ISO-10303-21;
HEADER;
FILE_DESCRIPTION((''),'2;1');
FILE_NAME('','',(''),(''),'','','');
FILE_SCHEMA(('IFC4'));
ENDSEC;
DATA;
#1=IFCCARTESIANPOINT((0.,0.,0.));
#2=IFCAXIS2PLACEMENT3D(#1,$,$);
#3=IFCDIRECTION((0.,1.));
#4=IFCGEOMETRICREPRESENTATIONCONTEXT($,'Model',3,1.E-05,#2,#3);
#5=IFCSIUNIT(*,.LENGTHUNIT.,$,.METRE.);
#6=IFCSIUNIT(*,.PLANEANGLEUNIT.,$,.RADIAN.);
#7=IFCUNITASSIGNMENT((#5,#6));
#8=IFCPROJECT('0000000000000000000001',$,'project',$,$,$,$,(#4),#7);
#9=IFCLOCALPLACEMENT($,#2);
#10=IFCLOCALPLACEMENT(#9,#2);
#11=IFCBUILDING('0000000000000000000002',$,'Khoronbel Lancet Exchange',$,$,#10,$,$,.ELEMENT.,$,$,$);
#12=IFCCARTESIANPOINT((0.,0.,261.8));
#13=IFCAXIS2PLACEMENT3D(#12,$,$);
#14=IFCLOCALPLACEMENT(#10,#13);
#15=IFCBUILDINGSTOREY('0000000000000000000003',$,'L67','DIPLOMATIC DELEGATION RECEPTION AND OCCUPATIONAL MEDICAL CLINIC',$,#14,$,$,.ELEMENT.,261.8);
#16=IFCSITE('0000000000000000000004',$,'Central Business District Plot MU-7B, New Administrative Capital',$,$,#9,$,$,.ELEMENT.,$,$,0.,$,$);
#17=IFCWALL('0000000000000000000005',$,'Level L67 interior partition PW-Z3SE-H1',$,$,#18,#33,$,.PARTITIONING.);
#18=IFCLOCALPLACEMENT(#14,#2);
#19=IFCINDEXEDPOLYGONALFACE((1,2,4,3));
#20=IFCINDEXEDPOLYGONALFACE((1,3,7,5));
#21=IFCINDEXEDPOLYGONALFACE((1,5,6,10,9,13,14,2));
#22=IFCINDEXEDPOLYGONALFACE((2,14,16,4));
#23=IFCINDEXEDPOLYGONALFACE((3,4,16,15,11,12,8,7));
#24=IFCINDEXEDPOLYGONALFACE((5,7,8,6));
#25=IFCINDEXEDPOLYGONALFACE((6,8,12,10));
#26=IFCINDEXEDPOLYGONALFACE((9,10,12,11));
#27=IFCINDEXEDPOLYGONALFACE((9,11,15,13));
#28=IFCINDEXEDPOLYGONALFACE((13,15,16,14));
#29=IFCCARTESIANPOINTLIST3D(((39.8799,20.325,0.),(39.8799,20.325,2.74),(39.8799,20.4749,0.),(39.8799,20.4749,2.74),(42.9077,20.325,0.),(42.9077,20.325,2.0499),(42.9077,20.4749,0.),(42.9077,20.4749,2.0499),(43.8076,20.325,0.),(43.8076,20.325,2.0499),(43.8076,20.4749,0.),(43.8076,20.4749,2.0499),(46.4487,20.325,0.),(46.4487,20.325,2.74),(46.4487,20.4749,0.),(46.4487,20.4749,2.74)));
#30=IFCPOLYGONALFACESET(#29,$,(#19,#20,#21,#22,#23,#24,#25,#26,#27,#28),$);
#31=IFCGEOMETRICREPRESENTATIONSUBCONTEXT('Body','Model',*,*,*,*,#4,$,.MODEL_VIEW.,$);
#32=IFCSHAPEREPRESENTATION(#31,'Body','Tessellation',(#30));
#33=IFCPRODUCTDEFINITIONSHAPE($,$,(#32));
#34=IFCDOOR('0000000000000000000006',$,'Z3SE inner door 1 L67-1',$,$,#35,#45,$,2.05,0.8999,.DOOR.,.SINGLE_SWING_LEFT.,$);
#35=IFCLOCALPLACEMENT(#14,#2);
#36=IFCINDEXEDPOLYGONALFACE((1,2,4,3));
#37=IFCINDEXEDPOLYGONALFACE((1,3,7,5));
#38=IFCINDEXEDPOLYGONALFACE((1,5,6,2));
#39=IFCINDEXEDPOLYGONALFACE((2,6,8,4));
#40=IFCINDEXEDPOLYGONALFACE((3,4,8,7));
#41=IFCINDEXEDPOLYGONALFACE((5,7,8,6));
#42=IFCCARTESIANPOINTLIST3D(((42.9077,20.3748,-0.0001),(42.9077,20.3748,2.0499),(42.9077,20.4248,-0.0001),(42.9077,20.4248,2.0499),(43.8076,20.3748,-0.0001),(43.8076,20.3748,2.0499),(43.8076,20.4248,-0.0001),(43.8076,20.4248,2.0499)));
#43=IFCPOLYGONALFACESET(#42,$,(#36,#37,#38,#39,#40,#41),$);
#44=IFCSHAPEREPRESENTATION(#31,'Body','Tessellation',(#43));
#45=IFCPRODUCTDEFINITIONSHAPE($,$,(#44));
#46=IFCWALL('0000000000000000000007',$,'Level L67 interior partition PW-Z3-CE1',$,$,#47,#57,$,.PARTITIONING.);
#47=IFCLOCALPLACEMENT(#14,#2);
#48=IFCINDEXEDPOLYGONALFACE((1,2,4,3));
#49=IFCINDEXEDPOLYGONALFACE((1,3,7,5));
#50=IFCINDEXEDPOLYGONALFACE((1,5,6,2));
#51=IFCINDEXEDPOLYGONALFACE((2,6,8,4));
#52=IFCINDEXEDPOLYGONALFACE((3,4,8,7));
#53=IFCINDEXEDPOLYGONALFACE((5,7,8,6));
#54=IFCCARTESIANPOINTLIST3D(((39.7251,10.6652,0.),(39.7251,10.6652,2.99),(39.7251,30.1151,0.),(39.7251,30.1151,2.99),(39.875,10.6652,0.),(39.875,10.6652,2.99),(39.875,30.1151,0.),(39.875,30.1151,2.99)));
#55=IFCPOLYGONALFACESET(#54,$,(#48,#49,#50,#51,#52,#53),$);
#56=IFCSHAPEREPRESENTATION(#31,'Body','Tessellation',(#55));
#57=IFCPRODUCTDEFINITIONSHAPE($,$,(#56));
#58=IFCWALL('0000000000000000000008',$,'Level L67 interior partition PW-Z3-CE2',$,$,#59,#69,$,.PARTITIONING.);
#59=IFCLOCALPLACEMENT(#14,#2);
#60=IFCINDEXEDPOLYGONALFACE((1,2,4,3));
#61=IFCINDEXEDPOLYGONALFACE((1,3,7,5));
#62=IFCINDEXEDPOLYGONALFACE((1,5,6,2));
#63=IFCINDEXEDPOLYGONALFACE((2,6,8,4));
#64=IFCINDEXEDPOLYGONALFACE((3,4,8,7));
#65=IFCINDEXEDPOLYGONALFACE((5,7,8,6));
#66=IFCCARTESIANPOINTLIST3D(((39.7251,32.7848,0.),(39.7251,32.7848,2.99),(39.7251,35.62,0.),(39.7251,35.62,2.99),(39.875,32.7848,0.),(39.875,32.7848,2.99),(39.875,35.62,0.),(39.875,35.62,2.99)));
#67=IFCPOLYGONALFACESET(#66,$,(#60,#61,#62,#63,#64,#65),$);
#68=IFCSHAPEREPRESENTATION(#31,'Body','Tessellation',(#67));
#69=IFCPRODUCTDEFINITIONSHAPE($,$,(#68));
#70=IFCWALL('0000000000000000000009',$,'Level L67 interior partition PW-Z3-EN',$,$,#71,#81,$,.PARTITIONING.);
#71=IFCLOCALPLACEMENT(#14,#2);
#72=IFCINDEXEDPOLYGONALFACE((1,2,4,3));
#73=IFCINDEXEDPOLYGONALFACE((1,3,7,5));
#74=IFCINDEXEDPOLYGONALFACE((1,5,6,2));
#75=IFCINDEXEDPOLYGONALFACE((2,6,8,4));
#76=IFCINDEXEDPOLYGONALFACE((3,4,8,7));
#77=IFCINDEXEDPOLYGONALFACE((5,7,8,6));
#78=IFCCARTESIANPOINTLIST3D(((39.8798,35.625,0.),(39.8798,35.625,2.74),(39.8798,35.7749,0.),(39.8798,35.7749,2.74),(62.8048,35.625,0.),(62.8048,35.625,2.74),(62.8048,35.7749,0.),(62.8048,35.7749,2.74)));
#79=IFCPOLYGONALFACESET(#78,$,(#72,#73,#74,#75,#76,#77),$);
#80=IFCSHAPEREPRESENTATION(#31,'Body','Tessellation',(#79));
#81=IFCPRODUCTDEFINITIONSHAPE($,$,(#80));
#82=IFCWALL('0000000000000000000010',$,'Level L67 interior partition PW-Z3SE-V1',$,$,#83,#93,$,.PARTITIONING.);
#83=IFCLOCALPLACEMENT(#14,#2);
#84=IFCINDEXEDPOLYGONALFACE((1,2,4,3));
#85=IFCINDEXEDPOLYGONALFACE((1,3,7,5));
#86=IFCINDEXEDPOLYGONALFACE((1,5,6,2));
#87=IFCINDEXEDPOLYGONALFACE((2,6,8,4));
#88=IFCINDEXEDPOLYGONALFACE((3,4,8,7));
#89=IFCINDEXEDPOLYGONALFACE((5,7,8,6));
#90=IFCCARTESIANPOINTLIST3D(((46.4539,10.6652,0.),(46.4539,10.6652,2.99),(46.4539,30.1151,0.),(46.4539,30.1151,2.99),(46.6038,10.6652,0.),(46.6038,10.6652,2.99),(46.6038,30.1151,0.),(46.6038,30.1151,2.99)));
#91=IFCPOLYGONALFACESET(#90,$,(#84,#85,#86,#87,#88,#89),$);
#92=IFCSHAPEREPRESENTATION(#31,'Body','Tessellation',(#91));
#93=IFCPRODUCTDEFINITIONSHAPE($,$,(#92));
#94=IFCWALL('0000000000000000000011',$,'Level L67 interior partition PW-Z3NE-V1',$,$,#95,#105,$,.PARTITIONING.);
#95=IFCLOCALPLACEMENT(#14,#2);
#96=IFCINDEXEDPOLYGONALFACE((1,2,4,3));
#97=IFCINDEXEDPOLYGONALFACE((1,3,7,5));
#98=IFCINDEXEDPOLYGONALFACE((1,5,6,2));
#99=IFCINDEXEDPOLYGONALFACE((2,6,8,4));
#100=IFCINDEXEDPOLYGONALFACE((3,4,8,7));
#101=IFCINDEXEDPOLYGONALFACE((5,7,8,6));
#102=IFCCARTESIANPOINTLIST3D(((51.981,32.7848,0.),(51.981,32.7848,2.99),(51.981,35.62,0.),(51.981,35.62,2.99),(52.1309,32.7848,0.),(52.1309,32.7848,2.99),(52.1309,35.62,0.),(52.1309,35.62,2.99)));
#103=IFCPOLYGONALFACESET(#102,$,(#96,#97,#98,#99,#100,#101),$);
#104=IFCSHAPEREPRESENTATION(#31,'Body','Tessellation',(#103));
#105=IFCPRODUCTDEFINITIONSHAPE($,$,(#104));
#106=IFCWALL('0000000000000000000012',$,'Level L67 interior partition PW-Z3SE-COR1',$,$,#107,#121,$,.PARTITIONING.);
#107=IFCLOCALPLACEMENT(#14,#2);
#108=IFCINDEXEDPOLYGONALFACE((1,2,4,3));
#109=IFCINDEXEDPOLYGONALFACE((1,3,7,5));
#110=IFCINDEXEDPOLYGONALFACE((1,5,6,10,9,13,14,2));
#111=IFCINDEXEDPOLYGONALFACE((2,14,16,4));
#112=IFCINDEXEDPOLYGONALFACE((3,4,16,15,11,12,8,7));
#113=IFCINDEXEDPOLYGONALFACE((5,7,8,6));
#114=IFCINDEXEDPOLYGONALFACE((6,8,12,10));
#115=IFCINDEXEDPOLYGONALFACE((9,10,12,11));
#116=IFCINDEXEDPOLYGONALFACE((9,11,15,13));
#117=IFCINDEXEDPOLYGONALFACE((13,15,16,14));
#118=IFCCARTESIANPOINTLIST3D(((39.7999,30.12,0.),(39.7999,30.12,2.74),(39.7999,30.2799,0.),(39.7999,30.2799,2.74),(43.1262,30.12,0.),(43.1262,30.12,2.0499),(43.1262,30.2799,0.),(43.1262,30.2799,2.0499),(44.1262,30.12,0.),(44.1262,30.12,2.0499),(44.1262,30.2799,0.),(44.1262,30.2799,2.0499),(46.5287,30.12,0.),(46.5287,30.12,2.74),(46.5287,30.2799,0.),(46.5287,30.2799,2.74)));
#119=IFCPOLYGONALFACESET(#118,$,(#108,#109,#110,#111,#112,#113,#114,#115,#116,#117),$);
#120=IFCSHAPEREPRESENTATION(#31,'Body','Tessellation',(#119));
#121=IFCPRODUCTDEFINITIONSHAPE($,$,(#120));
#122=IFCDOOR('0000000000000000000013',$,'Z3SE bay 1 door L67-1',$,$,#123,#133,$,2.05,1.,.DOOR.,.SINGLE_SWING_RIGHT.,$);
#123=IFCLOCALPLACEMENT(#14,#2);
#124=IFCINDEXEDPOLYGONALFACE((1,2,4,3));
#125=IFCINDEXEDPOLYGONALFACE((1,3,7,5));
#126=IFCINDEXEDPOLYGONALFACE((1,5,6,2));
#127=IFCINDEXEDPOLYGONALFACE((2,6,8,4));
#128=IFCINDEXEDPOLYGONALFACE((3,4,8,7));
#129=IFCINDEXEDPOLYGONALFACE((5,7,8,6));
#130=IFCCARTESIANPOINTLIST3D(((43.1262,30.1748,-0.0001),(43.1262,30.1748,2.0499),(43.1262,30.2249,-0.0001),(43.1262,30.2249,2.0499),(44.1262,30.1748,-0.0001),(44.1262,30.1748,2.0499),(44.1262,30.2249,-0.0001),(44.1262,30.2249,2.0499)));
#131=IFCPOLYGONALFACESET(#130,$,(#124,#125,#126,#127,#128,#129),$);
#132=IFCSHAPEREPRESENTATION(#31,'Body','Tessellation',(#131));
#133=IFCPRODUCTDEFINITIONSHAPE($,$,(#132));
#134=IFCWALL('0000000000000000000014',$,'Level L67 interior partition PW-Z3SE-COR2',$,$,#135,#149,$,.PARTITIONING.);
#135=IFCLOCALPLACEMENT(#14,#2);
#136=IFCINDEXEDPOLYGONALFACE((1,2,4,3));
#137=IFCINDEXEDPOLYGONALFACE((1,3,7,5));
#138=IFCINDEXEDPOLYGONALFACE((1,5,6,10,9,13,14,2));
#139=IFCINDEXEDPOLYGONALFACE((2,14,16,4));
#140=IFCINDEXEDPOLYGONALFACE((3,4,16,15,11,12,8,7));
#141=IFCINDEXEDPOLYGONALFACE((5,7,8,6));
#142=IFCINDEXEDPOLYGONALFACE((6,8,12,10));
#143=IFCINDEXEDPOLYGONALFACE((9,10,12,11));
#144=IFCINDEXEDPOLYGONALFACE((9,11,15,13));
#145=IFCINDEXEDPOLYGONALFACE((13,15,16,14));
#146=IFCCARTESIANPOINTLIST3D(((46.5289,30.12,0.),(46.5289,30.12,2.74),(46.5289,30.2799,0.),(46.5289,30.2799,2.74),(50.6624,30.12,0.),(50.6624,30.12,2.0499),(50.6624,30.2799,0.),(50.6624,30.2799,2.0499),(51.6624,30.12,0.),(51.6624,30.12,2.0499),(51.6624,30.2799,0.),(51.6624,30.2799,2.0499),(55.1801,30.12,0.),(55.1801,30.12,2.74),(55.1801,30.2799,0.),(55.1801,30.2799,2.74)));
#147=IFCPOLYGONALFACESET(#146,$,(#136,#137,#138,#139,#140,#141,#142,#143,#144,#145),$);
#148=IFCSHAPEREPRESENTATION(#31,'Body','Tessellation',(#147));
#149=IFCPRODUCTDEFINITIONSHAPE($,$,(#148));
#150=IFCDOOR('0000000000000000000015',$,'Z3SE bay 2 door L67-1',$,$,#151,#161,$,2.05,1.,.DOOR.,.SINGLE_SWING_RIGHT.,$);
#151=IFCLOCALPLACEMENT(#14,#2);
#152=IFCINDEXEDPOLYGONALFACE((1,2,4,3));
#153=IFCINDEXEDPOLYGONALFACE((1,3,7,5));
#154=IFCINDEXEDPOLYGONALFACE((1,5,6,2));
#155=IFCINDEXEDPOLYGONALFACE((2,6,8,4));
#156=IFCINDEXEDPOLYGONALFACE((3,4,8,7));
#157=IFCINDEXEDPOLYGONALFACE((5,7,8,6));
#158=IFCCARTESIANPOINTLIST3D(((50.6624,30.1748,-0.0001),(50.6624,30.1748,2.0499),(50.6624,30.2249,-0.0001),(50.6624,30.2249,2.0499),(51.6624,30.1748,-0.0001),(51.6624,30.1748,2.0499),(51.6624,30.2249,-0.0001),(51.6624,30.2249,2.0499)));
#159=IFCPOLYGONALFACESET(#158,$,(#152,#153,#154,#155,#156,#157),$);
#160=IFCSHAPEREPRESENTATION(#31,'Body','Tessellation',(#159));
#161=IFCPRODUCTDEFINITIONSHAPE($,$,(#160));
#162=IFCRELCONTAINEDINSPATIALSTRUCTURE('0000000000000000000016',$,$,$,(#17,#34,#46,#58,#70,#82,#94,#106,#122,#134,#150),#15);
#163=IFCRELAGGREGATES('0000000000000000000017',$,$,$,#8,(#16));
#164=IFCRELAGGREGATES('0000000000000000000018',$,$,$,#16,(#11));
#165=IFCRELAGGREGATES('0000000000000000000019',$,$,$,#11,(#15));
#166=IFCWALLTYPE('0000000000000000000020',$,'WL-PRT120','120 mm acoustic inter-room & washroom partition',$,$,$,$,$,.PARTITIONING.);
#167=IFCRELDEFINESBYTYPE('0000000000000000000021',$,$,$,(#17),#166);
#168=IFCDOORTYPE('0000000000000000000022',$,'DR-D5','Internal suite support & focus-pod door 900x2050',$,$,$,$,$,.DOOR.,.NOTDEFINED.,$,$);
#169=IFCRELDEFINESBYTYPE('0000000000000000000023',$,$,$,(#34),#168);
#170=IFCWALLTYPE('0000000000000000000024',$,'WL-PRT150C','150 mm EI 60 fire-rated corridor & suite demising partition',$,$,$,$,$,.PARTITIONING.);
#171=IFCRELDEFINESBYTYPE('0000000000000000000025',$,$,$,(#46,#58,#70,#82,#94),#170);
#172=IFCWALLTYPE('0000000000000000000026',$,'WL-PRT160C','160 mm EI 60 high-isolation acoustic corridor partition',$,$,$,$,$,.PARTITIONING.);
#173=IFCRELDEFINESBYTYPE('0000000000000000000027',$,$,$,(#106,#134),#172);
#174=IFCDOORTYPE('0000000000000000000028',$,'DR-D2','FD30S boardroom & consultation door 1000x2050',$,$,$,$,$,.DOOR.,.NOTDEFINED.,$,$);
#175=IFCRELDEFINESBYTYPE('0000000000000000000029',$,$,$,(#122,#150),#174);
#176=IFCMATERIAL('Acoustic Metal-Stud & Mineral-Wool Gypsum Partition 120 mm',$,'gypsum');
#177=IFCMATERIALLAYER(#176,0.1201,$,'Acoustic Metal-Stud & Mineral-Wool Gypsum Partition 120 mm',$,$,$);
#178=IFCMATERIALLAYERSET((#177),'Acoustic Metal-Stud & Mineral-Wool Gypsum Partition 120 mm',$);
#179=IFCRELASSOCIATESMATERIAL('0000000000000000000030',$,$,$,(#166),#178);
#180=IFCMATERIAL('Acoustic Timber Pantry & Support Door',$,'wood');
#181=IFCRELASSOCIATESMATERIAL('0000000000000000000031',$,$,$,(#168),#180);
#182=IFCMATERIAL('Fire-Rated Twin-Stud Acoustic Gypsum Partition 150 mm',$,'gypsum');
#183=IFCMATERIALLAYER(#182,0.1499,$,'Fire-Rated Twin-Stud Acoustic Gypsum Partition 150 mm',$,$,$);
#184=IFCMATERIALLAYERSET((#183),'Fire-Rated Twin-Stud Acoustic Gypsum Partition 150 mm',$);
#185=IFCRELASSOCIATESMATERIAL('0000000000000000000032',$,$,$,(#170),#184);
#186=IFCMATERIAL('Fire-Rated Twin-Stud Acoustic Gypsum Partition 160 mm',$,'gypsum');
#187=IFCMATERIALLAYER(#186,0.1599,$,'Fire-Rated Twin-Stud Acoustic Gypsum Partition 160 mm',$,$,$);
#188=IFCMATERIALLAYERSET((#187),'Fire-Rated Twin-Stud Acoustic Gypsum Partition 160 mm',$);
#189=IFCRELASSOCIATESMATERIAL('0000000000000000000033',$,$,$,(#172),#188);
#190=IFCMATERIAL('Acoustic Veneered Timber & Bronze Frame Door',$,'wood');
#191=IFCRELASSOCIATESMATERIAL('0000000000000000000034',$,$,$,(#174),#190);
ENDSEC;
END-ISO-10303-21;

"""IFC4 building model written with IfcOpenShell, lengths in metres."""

from ifc_helpers import new_model, si_unit, direction, frame, frame_2d, origin, place, context, subcontext, project, spatial, rectangle, extrude, material, layer, layer_set, type_object, element, fill, save


model = new_model("IFC4")

# Units and contexts
model_context = context("Model", 3, precision=1e-05, world=origin(), true_north=direction((0.0, 1.0)))
body_context = subcontext(model_context, "Body", "Model", "MODEL_VIEW")
ifc_project = project(units=[si_unit("LENGTHUNIT", "METRE"), si_unit("PLANEANGLEUNIT", "RADIAN")], contexts=[model_context])

# Site, building, storey
site_placement = place(None, origin())
site = spatial("IfcSite", under=ifc_project, at=site_placement, Name="Central Business District Plot MU-7B, New Administrative Capital", CompositionType="ELEMENT", RefElevation=0.0)
building_placement = place(site_placement, origin())
building = spatial("IfcBuilding", under=site, at=building_placement, Name="Khoronbel Lancet Exchange", CompositionType="ELEMENT")
storey_placement = place(building_placement, frame((0.0, 0.0, 261.8)))
storey = spatial("IfcBuildingStorey", under=building, at=storey_placement, Name="L67", Description="DIPLOMATIC DELEGATION RECEPTION AND OCCUPATIONAL MEDICAL CLINIC", CompositionType="ELEMENT", Elevation=261.8)

# Wall, opening, door
ifc_material_1 = material(Name="Acoustic Metal-Stud & Mineral-Wool Gypsum Partition 120 mm", Category="gypsum")
ifc_layer_1 = layer(ifc_material_1, 0.1201, Name="Acoustic Metal-Stud & Mineral-Wool Gypsum Partition 120 mm")
ifc_layer_set_1 = layer_set([ifc_layer_1], Name="Acoustic Metal-Stud & Mineral-Wool Gypsum Partition 120 mm")
wall_type_1 = type_object("IfcWallType", Name="WL-PRT120", Description="120 mm acoustic inter-room & washroom partition", PredefinedType="PARTITIONING", material=ifc_layer_set_1)
wall_1_placement = place(storey_placement, frame((39.8799, 20.3999, 0.0), z_axis=(0.0, 0.0, 1.0), x_axis=(1.0, 0.0, 0.0)))
wall_1 = element("IfcWall", 1, at=wall_1_placement, inside=storey, type_object=wall_type_1, Name="Level L67 interior partition PW-Z3SE-H1", PredefinedType="PARTITIONING", context=body_context, shape_type="SweptSolid", body=[
    extrude(rectangle(XDim=6.5688, YDim=0.1499, at=frame_2d((3.2844, 0.0))), origin(), (0.0, 0.0, 1.0), 2.74),
])
opening_1_placement = place(wall_1_placement, frame((3.0278, 0.0, 0.0)))
opening_1 = element("IfcOpeningElement", 2, at=opening_1_placement, cuts=wall_1, PredefinedType="OPENING", context=body_context, shape_type="SweptSolid", body=[
    extrude(rectangle(XDim=0.8999, YDim=2.05, at=frame_2d((0.45, 1.0249))), frame((0.0, 0.085, 0.0), z_axis=(0.0, -1.0, 0.0), x_axis=(1.0, 0.0, 0.0)), (0.0, 0.0, 1.0), 0.1699),
])
ifc_material_2 = material(Name="Acoustic Timber Pantry & Support Door", Category="wood")
door_type_1 = type_object("IfcDoorType", Name="DR-D5", Description="Internal suite support & focus-pod door 900x2050", OperationType="NOTDEFINED", PredefinedType="DOOR", material=ifc_material_2)
door_1_placement = place(opening_1_placement, origin())
door_1 = element("IfcDoor", 3, at=door_1_placement, inside=storey, type_object=door_type_1, Name="Z3SE inner door 1 L67-1", OperationType="SINGLE_SWING_LEFT", OverallHeight=2.05, OverallWidth=0.8999, PredefinedType="DOOR", context=body_context, shape_type="SweptSolid", body=[
    extrude(rectangle(XDim=0.8999, YDim=2.05, at=frame_2d((0.45, 1.0249))), frame((0.0, 0.0249, 0.0), z_axis=(0.0, -1.0, 0.0), x_axis=(1.0, 0.0, 0.0)), (0.0, 0.0, 1.0), 0.05),
])
fill(opening_1, door_1)

# Walls
ifc_material_3 = material(Name="Fire-Rated Twin-Stud Acoustic Gypsum Partition 150 mm", Category="gypsum")
ifc_layer_2 = layer(ifc_material_3, 0.1499, Name="Fire-Rated Twin-Stud Acoustic Gypsum Partition 150 mm")
ifc_layer_set_2 = layer_set([ifc_layer_2], Name="Fire-Rated Twin-Stud Acoustic Gypsum Partition 150 mm")
wall_type_2 = type_object("IfcWallType", Name="WL-PRT150C", Description="150 mm EI 60 fire-rated corridor & suite demising partition", PredefinedType="PARTITIONING", material=ifc_layer_set_2)
wall_2_placement = place(storey_placement, frame((39.8, 10.665, 0.0), z_axis=(0.0, 0.0, 1.0), x_axis=(0.0, 1.0, 0.0)))
element("IfcWall", 4, at=wall_2_placement, inside=storey, type_object=wall_type_2, Name="Level L67 interior partition PW-Z3-CE1", PredefinedType="PARTITIONING", context=body_context, shape_type="SweptSolid", body=[
    extrude(rectangle(XDim=19.45, YDim=0.1499, at=frame_2d((9.7251, 0.0))), origin(), (0.0, 0.0, 1.0), 2.99),
])
wall_3_placement = place(storey_placement, frame((39.8, 32.7849, 0.0), z_axis=(0.0, 0.0, 1.0), x_axis=(0.0, 1.0, 0.0)))
element("IfcWall", 5, at=wall_3_placement, inside=storey, type_object=wall_type_2, Name="Level L67 interior partition PW-Z3-CE2", PredefinedType="PARTITIONING", context=body_context, shape_type="SweptSolid", body=[
    extrude(rectangle(XDim=2.8352, YDim=0.1499, at=frame_2d((1.4175, 0.0))), origin(), (0.0, 0.0, 1.0), 2.99),
])
wall_4_placement = place(storey_placement, frame((39.8799, 35.7, 0.0), z_axis=(0.0, 0.0, 1.0), x_axis=(1.0, 0.0, 0.0)))
element("IfcWall", 6, at=wall_4_placement, inside=storey, type_object=wall_type_2, Name="Level L67 interior partition PW-Z3-EN", PredefinedType="PARTITIONING", context=body_context, shape_type="SweptSolid", body=[
    extrude(rectangle(XDim=22.925, YDim=0.1499, at=frame_2d((11.4624, 0.0))), origin(), (0.0, 0.0, 1.0), 2.74),
])
wall_5_placement = place(storey_placement, frame((46.5288, 10.665, 0.0), z_axis=(0.0, 0.0, 1.0), x_axis=(0.0, 1.0, 0.0)))
element("IfcWall", 7, at=wall_5_placement, inside=storey, type_object=wall_type_2, Name="Level L67 interior partition PW-Z3SE-V1", PredefinedType="PARTITIONING", context=body_context, shape_type="SweptSolid", body=[
    extrude(rectangle(XDim=19.45, YDim=0.1499, at=frame_2d((9.7251, 0.0))), origin(), (0.0, 0.0, 1.0), 2.99),
])
wall_6_placement = place(storey_placement, frame((52.0559, 32.7849, 0.0), z_axis=(0.0, 0.0, 1.0), x_axis=(0.0, 1.0, 0.0)))
element("IfcWall", 8, at=wall_6_placement, inside=storey, type_object=wall_type_2, Name="Level L67 interior partition PW-Z3NE-V1", PredefinedType="PARTITIONING", context=body_context, shape_type="SweptSolid", body=[
    extrude(rectangle(XDim=2.8352, YDim=0.1499, at=frame_2d((1.4175, 0.0))), origin(), (0.0, 0.0, 1.0), 2.99),
])

# Walls, openings, doors
ifc_material_4 = material(Name="Fire-Rated Twin-Stud Acoustic Gypsum Partition 160 mm", Category="gypsum")
ifc_layer_3 = layer(ifc_material_4, 0.1599, Name="Fire-Rated Twin-Stud Acoustic Gypsum Partition 160 mm")
ifc_layer_set_3 = layer_set([ifc_layer_3], Name="Fire-Rated Twin-Stud Acoustic Gypsum Partition 160 mm")
wall_type_3 = type_object("IfcWallType", Name="WL-PRT160C", Description="160 mm EI 60 high-isolation acoustic corridor partition", PredefinedType="PARTITIONING", material=ifc_layer_set_3)
wall_7_placement = place(storey_placement, frame((39.8, 30.2, 0.0), z_axis=(0.0, 0.0, 1.0), x_axis=(1.0, 0.0, 0.0)))
wall_7 = element("IfcWall", 9, at=wall_7_placement, inside=storey, type_object=wall_type_3, Name="Level L67 interior partition PW-Z3SE-COR1", PredefinedType="PARTITIONING", context=body_context, shape_type="SweptSolid", body=[
    extrude(rectangle(XDim=6.7288, YDim=0.1599, at=frame_2d((3.3643, 0.0))), origin(), (0.0, 0.0, 1.0), 2.74),
])
opening_2_placement = place(wall_7_placement, frame((3.3262, 0.0, 0.0)))
opening_2 = element("IfcOpeningElement", 10, at=opening_2_placement, cuts=wall_7, PredefinedType="OPENING", context=body_context, shape_type="SweptSolid", body=[
    extrude(rectangle(XDim=1.0, YDim=2.05, at=frame_2d((0.5, 1.0249))), frame((0.0, 0.0898, 0.0), z_axis=(0.0, -1.0, 0.0), x_axis=(1.0, 0.0, 0.0)), (0.0, 0.0, 1.0), 0.1799),
])
ifc_material_5 = material(Name="Acoustic Veneered Timber & Bronze Frame Door", Category="wood")
door_type_2 = type_object("IfcDoorType", Name="DR-D2", Description="FD30S boardroom & consultation door 1000x2050", OperationType="NOTDEFINED", PredefinedType="DOOR", material=ifc_material_5)
door_2_placement = place(opening_2_placement, origin())
door_2 = element("IfcDoor", 11, at=door_2_placement, inside=storey, type_object=door_type_2, Name="Z3SE bay 1 door L67-1", OperationType="SINGLE_SWING_RIGHT", OverallHeight=2.05, OverallWidth=1.0, PredefinedType="DOOR", context=body_context, shape_type="SweptSolid", body=[
    extrude(rectangle(XDim=1.0, YDim=2.05, at=frame_2d((0.5, 1.0249))), frame((0.0, 0.0249, 0.0), z_axis=(0.0, -1.0, 0.0), x_axis=(1.0, 0.0, 0.0)), (0.0, 0.0, 1.0), 0.05),
])
fill(opening_2, door_2)
wall_8_placement = place(storey_placement, frame((46.5288, 30.2, 0.0), z_axis=(0.0, 0.0, 1.0), x_axis=(1.0, 0.0, 0.0)))
wall_8 = element("IfcWall", 12, at=wall_8_placement, inside=storey, type_object=wall_type_3, Name="Level L67 interior partition PW-Z3SE-COR2", PredefinedType="PARTITIONING", context=body_context, shape_type="SweptSolid", body=[
    extrude(rectangle(XDim=8.6511, YDim=0.1599, at=frame_2d((4.3257, 0.0))), origin(), (0.0, 0.0, 1.0), 2.74),
])
opening_3_placement = place(wall_8_placement, frame((4.1335, 0.0, 0.0)))
opening_3 = element("IfcOpeningElement", 13, at=opening_3_placement, cuts=wall_8, PredefinedType="OPENING", context=body_context, shape_type="SweptSolid", body=[
    extrude(rectangle(XDim=1.0, YDim=2.05, at=frame_2d((0.5, 1.0249))), frame((0.0, 0.0898, 0.0), z_axis=(0.0, -1.0, 0.0), x_axis=(1.0, 0.0, 0.0)), (0.0, 0.0, 1.0), 0.1799),
])
door_3_placement = place(opening_3_placement, origin())
door_3 = element("IfcDoor", 14, at=door_3_placement, inside=storey, type_object=door_type_2, Name="Z3SE bay 2 door L67-1", OperationType="SINGLE_SWING_RIGHT", OverallHeight=2.05, OverallWidth=1.0, PredefinedType="DOOR", context=body_context, shape_type="SweptSolid", body=[
    extrude(rectangle(XDim=1.0, YDim=2.05, at=frame_2d((0.5, 1.0249))), frame((0.0, 0.0249, 0.0), z_axis=(0.0, -1.0, 0.0), x_axis=(1.0, 0.0, 0.0)), (0.0, 0.0, 1.0), 0.05),
])
fill(opening_3, door_3)

save(model, "model.ifc")
